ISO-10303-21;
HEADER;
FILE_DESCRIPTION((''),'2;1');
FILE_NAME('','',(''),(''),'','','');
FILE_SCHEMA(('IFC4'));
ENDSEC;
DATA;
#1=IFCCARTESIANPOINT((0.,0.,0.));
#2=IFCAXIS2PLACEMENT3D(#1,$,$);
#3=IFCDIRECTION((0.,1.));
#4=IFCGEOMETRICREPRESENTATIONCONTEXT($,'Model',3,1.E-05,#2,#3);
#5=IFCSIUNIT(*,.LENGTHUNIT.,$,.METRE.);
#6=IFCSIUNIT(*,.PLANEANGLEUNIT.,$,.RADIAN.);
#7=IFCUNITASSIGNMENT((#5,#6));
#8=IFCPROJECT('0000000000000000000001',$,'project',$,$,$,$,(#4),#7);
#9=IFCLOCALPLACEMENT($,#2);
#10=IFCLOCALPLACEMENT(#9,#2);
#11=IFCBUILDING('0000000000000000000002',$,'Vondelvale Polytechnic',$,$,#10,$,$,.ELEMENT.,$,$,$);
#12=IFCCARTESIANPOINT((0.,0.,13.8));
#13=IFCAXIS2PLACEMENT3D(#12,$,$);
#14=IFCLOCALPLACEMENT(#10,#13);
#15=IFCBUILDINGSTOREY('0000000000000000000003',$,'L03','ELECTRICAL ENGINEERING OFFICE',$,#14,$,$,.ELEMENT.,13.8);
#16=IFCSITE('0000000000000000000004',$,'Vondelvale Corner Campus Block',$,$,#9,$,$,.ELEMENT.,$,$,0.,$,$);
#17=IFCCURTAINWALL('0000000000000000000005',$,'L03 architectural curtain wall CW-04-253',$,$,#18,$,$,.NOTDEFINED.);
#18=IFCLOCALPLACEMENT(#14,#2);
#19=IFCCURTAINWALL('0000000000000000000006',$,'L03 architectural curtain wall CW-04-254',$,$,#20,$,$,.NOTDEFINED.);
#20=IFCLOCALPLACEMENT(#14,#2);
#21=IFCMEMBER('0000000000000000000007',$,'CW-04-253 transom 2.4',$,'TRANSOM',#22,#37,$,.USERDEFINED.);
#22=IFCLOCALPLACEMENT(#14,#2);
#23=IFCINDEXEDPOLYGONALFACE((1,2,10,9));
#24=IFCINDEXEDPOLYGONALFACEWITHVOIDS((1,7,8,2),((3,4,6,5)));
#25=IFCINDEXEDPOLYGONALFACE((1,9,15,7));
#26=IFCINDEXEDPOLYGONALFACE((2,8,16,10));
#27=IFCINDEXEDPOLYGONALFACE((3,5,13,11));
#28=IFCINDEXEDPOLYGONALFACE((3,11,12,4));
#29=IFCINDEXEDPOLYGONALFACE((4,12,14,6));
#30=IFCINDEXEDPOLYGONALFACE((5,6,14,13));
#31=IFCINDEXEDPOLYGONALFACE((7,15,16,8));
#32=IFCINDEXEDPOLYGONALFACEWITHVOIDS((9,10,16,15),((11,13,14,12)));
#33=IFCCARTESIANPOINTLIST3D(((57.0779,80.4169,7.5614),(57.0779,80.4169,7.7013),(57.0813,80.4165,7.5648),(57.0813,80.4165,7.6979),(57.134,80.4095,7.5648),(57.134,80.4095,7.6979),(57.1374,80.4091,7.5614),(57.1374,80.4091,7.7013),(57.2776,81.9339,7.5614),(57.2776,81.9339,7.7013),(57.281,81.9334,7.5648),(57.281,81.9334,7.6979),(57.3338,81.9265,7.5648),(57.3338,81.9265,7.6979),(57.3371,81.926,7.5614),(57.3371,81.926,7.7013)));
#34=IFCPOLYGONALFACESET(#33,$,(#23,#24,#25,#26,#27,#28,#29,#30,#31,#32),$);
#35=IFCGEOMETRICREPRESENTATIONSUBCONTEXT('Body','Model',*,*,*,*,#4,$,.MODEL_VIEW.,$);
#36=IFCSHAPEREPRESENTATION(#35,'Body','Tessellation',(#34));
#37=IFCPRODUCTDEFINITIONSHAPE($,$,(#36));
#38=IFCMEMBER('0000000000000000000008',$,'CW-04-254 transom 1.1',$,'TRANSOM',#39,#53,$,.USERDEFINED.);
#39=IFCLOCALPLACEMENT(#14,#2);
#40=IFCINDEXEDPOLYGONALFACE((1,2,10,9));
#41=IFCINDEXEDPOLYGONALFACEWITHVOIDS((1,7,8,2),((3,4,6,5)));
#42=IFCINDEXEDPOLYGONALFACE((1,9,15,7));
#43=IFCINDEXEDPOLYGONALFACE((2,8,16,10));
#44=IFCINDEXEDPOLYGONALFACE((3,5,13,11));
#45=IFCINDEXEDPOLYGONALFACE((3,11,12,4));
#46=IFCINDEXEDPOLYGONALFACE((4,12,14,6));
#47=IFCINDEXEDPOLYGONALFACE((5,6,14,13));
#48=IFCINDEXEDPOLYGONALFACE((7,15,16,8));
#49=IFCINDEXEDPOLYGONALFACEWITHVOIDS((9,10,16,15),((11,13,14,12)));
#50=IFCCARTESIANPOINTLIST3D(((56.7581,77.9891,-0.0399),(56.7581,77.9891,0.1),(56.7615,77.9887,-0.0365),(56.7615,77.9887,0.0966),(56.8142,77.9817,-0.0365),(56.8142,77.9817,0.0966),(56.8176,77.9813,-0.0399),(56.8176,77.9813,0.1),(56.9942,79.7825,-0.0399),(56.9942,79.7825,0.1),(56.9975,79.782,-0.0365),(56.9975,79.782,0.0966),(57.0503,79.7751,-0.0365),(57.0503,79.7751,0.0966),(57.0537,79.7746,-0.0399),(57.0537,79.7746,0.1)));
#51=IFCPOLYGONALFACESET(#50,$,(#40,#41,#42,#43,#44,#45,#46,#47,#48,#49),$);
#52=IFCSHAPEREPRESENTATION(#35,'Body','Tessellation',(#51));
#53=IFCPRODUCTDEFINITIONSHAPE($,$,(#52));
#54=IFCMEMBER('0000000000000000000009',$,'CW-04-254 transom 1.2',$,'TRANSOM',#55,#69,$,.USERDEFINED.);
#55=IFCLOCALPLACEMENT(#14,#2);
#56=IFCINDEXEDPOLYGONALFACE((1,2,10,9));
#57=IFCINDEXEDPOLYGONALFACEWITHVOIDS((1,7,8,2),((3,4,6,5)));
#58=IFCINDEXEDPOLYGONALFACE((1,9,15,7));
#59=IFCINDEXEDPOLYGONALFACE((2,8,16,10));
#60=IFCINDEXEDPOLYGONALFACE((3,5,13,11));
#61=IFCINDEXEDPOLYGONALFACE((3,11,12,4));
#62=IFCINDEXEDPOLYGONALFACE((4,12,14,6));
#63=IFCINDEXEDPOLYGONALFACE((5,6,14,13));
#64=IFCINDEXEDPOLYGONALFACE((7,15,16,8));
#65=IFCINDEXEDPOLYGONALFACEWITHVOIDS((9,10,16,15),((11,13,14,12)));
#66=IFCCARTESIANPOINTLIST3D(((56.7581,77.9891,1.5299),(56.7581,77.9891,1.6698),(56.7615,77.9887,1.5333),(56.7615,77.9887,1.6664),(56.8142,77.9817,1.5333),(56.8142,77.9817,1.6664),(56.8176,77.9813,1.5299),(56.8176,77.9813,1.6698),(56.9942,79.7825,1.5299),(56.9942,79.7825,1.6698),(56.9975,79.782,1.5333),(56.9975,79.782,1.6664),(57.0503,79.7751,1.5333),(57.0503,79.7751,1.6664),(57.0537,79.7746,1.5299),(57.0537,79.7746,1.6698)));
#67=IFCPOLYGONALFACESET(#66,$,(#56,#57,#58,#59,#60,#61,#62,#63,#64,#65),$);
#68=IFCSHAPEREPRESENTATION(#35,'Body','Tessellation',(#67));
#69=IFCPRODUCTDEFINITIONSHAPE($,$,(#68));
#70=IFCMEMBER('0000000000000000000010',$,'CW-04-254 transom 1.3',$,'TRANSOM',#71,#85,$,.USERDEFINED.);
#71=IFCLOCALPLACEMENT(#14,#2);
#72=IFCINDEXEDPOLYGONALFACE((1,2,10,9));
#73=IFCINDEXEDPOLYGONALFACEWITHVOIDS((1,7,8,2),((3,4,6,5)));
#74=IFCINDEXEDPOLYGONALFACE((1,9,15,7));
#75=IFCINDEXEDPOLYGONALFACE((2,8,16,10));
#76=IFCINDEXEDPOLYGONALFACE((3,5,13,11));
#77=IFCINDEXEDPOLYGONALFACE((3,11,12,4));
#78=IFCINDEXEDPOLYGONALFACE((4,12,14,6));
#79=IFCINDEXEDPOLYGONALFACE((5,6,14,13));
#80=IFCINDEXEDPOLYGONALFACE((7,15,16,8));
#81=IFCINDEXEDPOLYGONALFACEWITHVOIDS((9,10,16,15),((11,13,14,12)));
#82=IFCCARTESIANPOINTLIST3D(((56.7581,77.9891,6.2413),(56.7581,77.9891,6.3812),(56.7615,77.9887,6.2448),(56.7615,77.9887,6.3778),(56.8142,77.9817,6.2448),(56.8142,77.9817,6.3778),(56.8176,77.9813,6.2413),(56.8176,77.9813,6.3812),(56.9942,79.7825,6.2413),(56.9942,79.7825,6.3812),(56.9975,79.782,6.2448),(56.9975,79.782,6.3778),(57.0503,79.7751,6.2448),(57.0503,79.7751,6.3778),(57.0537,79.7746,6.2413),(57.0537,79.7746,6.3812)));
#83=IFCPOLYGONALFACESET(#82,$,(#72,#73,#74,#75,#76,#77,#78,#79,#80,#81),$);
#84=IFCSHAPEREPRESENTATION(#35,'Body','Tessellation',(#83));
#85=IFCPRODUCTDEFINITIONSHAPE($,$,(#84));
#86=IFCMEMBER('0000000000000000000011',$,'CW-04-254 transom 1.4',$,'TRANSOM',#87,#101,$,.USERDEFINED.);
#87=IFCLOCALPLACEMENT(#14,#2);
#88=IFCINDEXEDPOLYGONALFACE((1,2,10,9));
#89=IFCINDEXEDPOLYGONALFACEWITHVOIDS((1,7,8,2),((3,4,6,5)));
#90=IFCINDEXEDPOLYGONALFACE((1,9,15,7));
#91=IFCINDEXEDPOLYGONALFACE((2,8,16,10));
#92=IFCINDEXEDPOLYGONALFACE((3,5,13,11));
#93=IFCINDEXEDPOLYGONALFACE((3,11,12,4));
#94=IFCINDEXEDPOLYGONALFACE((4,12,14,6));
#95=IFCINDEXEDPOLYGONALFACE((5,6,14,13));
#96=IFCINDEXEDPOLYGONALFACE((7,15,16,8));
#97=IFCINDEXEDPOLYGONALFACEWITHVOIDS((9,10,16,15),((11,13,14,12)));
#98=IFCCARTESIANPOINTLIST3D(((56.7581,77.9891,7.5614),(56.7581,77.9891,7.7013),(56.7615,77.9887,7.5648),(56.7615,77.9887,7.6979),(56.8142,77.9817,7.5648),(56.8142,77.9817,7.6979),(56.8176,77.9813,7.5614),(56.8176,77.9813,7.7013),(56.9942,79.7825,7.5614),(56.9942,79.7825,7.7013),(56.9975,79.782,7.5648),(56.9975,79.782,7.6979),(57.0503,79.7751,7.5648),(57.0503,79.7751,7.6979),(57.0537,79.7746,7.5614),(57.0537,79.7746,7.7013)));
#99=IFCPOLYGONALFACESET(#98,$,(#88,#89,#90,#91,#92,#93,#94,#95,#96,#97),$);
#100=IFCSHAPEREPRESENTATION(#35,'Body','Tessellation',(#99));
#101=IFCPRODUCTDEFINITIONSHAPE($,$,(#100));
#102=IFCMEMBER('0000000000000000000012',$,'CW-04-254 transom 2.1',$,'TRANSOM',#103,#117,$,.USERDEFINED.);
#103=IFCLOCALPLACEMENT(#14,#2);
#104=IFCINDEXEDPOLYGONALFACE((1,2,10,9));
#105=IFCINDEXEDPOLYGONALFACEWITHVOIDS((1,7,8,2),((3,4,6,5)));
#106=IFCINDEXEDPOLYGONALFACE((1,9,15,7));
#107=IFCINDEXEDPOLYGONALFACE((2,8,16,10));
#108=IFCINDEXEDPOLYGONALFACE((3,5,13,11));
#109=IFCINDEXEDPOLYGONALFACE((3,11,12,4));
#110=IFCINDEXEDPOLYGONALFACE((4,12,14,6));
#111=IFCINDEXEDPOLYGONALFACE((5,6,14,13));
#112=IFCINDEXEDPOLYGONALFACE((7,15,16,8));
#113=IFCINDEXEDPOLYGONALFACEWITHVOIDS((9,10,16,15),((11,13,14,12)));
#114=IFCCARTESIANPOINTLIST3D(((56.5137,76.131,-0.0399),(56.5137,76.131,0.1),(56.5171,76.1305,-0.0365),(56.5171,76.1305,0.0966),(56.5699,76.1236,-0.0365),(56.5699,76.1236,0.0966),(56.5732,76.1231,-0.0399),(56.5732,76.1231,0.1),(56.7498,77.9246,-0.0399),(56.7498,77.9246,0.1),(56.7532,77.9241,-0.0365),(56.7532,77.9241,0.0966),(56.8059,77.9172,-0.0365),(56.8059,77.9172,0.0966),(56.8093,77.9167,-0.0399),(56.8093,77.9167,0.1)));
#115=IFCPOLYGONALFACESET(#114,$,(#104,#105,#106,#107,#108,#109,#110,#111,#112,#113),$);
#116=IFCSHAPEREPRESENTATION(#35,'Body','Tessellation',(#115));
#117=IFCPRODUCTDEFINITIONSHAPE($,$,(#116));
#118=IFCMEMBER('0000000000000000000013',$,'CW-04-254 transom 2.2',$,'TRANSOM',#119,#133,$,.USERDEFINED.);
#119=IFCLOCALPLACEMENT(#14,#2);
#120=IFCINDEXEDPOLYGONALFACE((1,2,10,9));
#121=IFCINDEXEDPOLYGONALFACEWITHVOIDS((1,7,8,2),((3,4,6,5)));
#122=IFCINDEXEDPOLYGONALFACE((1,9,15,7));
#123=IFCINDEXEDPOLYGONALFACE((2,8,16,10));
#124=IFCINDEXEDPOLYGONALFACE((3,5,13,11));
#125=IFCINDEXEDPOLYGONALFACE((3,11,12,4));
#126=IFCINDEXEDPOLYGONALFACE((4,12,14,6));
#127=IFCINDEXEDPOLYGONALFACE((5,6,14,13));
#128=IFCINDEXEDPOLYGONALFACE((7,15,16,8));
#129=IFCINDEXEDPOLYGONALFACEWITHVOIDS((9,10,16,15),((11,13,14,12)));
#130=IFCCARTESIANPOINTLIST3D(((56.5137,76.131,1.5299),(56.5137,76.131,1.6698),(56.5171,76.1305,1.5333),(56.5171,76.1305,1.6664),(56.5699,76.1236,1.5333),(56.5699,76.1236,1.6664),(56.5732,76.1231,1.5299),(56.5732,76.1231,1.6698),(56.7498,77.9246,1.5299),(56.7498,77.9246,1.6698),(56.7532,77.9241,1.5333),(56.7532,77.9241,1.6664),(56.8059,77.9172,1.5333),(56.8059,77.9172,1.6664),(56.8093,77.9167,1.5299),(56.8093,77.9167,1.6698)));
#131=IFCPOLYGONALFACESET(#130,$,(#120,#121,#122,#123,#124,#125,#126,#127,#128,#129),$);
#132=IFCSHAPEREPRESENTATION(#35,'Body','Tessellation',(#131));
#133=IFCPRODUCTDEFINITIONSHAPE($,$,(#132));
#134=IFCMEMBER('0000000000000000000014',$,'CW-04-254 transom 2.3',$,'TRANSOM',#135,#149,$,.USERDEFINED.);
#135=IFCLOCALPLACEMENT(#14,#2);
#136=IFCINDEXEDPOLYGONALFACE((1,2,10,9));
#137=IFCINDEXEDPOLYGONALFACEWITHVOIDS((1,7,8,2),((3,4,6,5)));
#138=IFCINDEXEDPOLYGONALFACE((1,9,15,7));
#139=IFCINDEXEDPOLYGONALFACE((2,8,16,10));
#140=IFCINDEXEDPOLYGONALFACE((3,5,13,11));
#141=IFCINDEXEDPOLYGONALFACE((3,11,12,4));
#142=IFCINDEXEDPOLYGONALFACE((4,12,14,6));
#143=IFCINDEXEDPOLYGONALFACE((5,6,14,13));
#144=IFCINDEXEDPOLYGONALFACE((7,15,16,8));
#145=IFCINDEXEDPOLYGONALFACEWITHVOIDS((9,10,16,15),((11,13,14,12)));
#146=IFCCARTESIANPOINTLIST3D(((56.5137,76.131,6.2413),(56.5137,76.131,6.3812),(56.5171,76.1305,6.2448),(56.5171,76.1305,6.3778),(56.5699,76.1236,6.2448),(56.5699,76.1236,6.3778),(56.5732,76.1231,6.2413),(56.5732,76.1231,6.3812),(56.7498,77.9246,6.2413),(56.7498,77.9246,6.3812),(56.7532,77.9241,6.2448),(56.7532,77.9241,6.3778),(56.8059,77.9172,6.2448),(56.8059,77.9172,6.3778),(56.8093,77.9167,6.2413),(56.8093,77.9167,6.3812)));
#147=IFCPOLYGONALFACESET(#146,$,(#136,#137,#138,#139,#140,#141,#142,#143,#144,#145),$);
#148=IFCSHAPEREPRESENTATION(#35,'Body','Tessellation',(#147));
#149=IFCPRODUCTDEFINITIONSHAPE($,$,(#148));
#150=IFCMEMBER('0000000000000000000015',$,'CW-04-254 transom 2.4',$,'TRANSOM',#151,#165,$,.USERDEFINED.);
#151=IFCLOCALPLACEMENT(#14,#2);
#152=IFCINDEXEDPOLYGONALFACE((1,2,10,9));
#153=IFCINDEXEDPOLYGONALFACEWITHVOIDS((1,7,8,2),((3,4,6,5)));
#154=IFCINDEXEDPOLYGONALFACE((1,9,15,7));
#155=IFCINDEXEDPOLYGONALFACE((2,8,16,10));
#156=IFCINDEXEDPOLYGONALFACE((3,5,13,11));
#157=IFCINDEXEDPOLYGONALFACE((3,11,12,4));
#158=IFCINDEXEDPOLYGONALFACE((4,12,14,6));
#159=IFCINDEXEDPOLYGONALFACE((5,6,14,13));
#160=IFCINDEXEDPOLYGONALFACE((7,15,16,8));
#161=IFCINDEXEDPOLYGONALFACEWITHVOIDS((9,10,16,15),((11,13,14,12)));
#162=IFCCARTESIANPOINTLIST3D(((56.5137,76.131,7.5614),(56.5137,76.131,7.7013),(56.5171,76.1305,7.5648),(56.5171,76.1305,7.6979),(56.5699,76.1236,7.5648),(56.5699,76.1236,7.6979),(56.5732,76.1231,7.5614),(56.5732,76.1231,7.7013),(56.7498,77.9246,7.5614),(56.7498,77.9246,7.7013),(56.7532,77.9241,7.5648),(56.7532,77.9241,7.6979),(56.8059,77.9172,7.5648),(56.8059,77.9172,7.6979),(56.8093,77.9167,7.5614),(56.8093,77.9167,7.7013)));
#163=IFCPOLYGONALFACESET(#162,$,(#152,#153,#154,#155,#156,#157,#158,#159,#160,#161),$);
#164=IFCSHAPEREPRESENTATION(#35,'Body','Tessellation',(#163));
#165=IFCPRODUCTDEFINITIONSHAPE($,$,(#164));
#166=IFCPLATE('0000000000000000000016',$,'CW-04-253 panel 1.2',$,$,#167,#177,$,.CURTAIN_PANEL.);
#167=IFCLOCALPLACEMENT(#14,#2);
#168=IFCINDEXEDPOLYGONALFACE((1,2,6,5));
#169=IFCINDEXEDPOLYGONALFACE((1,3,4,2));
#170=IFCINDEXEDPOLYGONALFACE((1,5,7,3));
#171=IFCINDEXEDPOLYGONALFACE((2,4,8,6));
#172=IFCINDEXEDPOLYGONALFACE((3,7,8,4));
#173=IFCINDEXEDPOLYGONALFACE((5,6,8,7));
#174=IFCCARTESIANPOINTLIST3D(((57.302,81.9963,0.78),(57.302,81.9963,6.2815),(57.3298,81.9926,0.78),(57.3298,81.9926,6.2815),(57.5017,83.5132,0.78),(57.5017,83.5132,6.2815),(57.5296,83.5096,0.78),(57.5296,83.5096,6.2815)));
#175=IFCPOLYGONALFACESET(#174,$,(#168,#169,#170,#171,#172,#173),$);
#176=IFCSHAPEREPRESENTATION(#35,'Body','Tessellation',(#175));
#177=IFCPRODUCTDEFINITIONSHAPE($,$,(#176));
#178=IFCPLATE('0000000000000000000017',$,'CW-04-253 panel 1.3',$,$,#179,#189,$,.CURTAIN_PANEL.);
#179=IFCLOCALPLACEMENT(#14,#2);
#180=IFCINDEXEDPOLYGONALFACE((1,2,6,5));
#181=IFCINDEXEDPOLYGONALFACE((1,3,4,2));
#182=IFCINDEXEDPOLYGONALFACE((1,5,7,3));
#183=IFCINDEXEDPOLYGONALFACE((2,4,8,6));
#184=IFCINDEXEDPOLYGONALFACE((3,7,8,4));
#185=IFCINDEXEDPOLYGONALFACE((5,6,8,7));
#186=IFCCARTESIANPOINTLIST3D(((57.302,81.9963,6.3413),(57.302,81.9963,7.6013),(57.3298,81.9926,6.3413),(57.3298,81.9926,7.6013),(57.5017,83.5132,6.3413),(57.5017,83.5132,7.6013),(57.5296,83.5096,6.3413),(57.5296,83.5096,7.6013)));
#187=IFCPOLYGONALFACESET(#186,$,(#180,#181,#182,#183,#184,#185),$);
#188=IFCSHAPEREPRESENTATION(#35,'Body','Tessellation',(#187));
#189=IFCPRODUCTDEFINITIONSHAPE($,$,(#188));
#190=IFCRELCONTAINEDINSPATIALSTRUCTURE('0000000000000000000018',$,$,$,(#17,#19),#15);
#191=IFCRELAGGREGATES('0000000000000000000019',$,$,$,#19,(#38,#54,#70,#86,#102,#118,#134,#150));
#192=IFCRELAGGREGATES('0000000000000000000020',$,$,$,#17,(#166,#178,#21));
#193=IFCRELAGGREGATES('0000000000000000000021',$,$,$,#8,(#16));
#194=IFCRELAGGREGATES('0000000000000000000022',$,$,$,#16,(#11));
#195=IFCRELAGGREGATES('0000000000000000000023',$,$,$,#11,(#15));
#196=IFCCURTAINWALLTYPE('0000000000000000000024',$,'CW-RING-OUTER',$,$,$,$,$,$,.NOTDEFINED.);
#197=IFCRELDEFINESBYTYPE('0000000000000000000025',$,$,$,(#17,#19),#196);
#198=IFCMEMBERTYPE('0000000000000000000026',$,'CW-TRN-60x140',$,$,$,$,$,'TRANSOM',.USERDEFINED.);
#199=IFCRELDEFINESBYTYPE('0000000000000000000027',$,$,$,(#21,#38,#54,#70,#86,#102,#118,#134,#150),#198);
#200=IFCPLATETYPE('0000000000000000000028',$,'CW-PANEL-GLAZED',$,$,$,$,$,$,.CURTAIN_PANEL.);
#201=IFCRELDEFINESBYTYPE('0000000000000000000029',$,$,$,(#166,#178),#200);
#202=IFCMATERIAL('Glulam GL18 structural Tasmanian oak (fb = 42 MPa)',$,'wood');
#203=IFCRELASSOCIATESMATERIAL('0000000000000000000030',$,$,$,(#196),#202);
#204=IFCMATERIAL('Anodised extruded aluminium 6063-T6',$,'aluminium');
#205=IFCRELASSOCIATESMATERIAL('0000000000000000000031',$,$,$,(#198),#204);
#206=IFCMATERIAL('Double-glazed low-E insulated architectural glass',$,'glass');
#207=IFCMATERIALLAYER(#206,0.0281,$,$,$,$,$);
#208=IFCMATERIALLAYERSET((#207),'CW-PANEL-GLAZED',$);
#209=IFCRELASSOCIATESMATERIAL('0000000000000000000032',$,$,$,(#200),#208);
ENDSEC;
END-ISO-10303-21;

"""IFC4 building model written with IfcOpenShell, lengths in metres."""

from ifc_helpers import new_model, si_unit, direction, frame, origin, origin_2d, place, context, subcontext, project, spatial, rectangle, hollow_rectangle, extrude, material, layer, layer_set, material_profile, profile_set, type_object, element, aggregate, save


model = new_model("IFC4")

# Units and contexts
model_context = context("Model", 3, precision=1e-05, world=origin(), true_north=direction((0.0, 1.0)))
body_context = subcontext(model_context, "Body", "Model", "MODEL_VIEW")
ifc_project = project(units=[si_unit("LENGTHUNIT", "METRE"), si_unit("PLANEANGLEUNIT", "RADIAN")], contexts=[model_context])

# Site, building, storey
site_placement = place(None, origin())
site = spatial("IfcSite", under=ifc_project, at=site_placement, Name="Vondelvale Corner Campus Block", CompositionType="ELEMENT", RefElevation=0.0)
building_placement = place(site_placement, origin())
building = spatial("IfcBuilding", under=site, at=building_placement, Name="Vondelvale Polytechnic", CompositionType="ELEMENT")
storey_placement = place(building_placement, frame((0.0, 0.0, 13.8)))
storey = spatial("IfcBuildingStorey", under=building, at=storey_placement, Name="L03", Description="ELECTRICAL ENGINEERING OFFICE", CompositionType="ELEMENT", Elevation=13.8)

# Shared definitions
ifc_material_1 = material(Name="Glulam GL18 structural Tasmanian oak (fb = 42 MPa)", Category="wood")

# Shared definitions
curtain_wall_type = type_object("IfcCurtainWallType", Name="CW-RING-OUTER", PredefinedType="NOTDEFINED", material=ifc_material_1)
ifc_material_2 = material(Name="Anodised extruded aluminium 6063-T6", Category="aluminium")

# Curtain walls
curtain_wall_1_placement = place(storey_placement, origin())
curtain_wall_1 = element("IfcCurtainWall", 1, at=curtain_wall_1_placement, inside=storey, type_object=curtain_wall_type, Name="L03 architectural curtain wall CW-04-253", PredefinedType="NOTDEFINED")
curtain_wall_2_placement = place(storey_placement, origin())
curtain_wall_2 = element("IfcCurtainWall", 2, at=curtain_wall_2_placement, inside=storey, type_object=curtain_wall_type, Name="L03 architectural curtain wall CW-04-254", PredefinedType="NOTDEFINED")

# Members
ifc_material_profile_1 = material_profile(ifc_material_2, hollow_rectangle(XDim=0.0601, YDim=0.1399, WallThickness=0.0034, at=origin_2d()), Name="CW-TRN-140x60")
ifc_profile_set_1 = profile_set([ifc_material_profile_1], Name="Anodised extruded aluminium 6063-T6")
member_type_1 = type_object("IfcMemberType", Name="CW-TRN-60x140", ElementType="TRANSOM", PredefinedType="USERDEFINED", material=ifc_profile_set_1)
member_1_placement = place(storey_placement, frame((57.3074, 81.9299, 7.6313), z_axis=(-0.130533, -0.991444, 0.0), x_axis=(0.991444, -0.130533, 0.0)))
member_1 = element("IfcMember", 3, at=member_1_placement, type_object=member_type_1, Name="CW-04-253 transom 2.4", ObjectType="TRANSOM", PredefinedType="USERDEFINED", context=body_context, shape_type="SweptSolid", body=[
    extrude(hollow_rectangle(XDim=0.0601, YDim=0.1399, WallThickness=0.0034, at=origin_2d()), origin(), (0.0, 0.0, 1.0), 1.53),
])
member_2_placement = place(storey_placement, frame((57.0239, 79.7786, 0.03), z_axis=(-0.13051, -0.991447, 0.0), x_axis=(0.991447, -0.13051, 0.0)))
member_2 = element("IfcMember", 4, at=member_2_placement, type_object=member_type_1, Name="CW-04-254 transom 1.1", ObjectType="TRANSOM", PredefinedType="USERDEFINED", context=body_context, shape_type="SweptSolid", body=[
    extrude(hollow_rectangle(XDim=0.0601, YDim=0.1399, WallThickness=0.0034, at=origin_2d()), origin(), (0.0, 0.0, 1.0), 1.8088),
])
member_3_placement = place(storey_placement, frame((57.0239, 79.7786, 1.5999), z_axis=(-0.13051, -0.991447, 0.0), x_axis=(0.991447, -0.13051, 0.0)))
member_3 = element("IfcMember", 5, at=member_3_placement, type_object=member_type_1, Name="CW-04-254 transom 1.2", ObjectType="TRANSOM", PredefinedType="USERDEFINED", context=body_context, shape_type="SweptSolid", body=[
    extrude(hollow_rectangle(XDim=0.0601, YDim=0.1399, WallThickness=0.0034, at=origin_2d()), origin(), (0.0, 0.0, 1.0), 1.8088),
])
member_4_placement = place(storey_placement, frame((57.0239, 79.7786, 6.3113), z_axis=(-0.13051, -0.991447, 0.0), x_axis=(0.991447, -0.13051, 0.0)))
member_4 = element("IfcMember", 6, at=member_4_placement, type_object=member_type_1, Name="CW-04-254 transom 1.3", ObjectType="TRANSOM", PredefinedType="USERDEFINED", context=body_context, shape_type="SweptSolid", body=[
    extrude(hollow_rectangle(XDim=0.0601, YDim=0.1399, WallThickness=0.0034, at=origin_2d()), origin(), (0.0, 0.0, 1.0), 1.8088),
])
member_5_placement = place(storey_placement, frame((57.0239, 79.7786, 7.6313), z_axis=(-0.13051, -0.991447, 0.0), x_axis=(0.991447, -0.13051, 0.0)))
member_5 = element("IfcMember", 7, at=member_5_placement, type_object=member_type_1, Name="CW-04-254 transom 1.4", ObjectType="TRANSOM", PredefinedType="USERDEFINED", context=body_context, shape_type="SweptSolid", body=[
    extrude(hollow_rectangle(XDim=0.0601, YDim=0.1399, WallThickness=0.0034, at=origin_2d()), origin(), (0.0, 0.0, 1.0), 1.8088),
])
member_6_placement = place(storey_placement, frame((56.7795, 77.9207, 0.03), z_axis=(-0.130493, -0.991449, 0.0), x_axis=(0.991449, -0.130493, 0.0)))
member_6 = element("IfcMember", 8, at=member_6_placement, type_object=member_type_1, Name="CW-04-254 transom 2.1", ObjectType="TRANSOM", PredefinedType="USERDEFINED", context=body_context, shape_type="SweptSolid", body=[
    extrude(hollow_rectangle(XDim=0.0601, YDim=0.1399, WallThickness=0.0034, at=origin_2d()), origin(), (0.0, 0.0, 1.0), 1.8091),
])
member_7_placement = place(storey_placement, frame((56.7795, 77.9207, 1.5999), z_axis=(-0.130493, -0.991449, 0.0), x_axis=(0.991449, -0.130493, 0.0)))
member_7 = element("IfcMember", 9, at=member_7_placement, type_object=member_type_1, Name="CW-04-254 transom 2.2", ObjectType="TRANSOM", PredefinedType="USERDEFINED", context=body_context, shape_type="SweptSolid", body=[
    extrude(hollow_rectangle(XDim=0.0601, YDim=0.1399, WallThickness=0.0034, at=origin_2d()), origin(), (0.0, 0.0, 1.0), 1.8091),
])
member_8_placement = place(storey_placement, frame((56.7795, 77.9207, 6.3113), z_axis=(-0.130493, -0.991449, 0.0), x_axis=(0.991449, -0.130493, 0.0)))
member_8 = element("IfcMember", 10, at=member_8_placement, type_object=member_type_1, Name="CW-04-254 transom 2.3", ObjectType="TRANSOM", PredefinedType="USERDEFINED", context=body_context, shape_type="SweptSolid", body=[
    extrude(hollow_rectangle(XDim=0.0601, YDim=0.1399, WallThickness=0.0034, at=origin_2d()), origin(), (0.0, 0.0, 1.0), 1.8091),
])
member_9_placement = place(storey_placement, frame((56.7795, 77.9207, 7.6313), z_axis=(-0.130493, -0.991449, 0.0), x_axis=(0.991449, -0.130493, 0.0)))
member_9 = element("IfcMember", 11, at=member_9_placement, type_object=member_type_1, Name="CW-04-254 transom 2.4", ObjectType="TRANSOM", PredefinedType="USERDEFINED", context=body_context, shape_type="SweptSolid", body=[
    extrude(hollow_rectangle(XDim=0.0601, YDim=0.1399, WallThickness=0.0034, at=origin_2d()), origin(), (0.0, 0.0, 1.0), 1.8091),
])

# Plates
ifc_material_3 = material(Name="Double-glazed low-E insulated architectural glass", Category="glass")
ifc_layer_1 = layer(ifc_material_3, 0.0281)
ifc_layer_set_1 = layer_set([ifc_layer_1], Name="CW-PANEL-GLAZED")
plate_type_1 = type_object("IfcPlateType", Name="CW-PANEL-GLAZED", PredefinedType="CURTAIN_PANEL", material=ifc_layer_set_1)
plate_1_placement = place(storey_placement, frame((57.4158, 82.7529, 0.78), z_axis=(0.0, 0.0, 1.0), x_axis=(-0.13054, -0.991443, 0.0)))
plate_1 = element("IfcPlate", 12, at=plate_1_placement, type_object=plate_type_1, Name="CW-04-253 panel 1.2", PredefinedType="CURTAIN_PANEL", context=body_context, shape_type="SweptSolid", body=[
    extrude(rectangle(XDim=1.53, YDim=0.0281, at=origin_2d()), origin(), (0.0, 0.0, 1.0), 5.5015),
])
plate_2_placement = place(storey_placement, frame((57.4158, 82.7529, 6.3413), z_axis=(0.0, 0.0, 1.0), x_axis=(-0.13054, -0.991443, 0.0)))
plate_2 = element("IfcPlate", 13, at=plate_2_placement, type_object=plate_type_1, Name="CW-04-253 panel 1.3", PredefinedType="CURTAIN_PANEL", context=body_context, shape_type="SweptSolid", body=[
    extrude(rectangle(XDim=1.53, YDim=0.0281, at=origin_2d()), origin(), (0.0, 0.0, 1.0), 1.26),
])
aggregate(curtain_wall_2, [member_2, member_3, member_4, member_5, member_6, member_7, member_8, member_9])
aggregate(curtain_wall_1, [plate_1, plate_2, member_1])

save(model, "model.ifc")
